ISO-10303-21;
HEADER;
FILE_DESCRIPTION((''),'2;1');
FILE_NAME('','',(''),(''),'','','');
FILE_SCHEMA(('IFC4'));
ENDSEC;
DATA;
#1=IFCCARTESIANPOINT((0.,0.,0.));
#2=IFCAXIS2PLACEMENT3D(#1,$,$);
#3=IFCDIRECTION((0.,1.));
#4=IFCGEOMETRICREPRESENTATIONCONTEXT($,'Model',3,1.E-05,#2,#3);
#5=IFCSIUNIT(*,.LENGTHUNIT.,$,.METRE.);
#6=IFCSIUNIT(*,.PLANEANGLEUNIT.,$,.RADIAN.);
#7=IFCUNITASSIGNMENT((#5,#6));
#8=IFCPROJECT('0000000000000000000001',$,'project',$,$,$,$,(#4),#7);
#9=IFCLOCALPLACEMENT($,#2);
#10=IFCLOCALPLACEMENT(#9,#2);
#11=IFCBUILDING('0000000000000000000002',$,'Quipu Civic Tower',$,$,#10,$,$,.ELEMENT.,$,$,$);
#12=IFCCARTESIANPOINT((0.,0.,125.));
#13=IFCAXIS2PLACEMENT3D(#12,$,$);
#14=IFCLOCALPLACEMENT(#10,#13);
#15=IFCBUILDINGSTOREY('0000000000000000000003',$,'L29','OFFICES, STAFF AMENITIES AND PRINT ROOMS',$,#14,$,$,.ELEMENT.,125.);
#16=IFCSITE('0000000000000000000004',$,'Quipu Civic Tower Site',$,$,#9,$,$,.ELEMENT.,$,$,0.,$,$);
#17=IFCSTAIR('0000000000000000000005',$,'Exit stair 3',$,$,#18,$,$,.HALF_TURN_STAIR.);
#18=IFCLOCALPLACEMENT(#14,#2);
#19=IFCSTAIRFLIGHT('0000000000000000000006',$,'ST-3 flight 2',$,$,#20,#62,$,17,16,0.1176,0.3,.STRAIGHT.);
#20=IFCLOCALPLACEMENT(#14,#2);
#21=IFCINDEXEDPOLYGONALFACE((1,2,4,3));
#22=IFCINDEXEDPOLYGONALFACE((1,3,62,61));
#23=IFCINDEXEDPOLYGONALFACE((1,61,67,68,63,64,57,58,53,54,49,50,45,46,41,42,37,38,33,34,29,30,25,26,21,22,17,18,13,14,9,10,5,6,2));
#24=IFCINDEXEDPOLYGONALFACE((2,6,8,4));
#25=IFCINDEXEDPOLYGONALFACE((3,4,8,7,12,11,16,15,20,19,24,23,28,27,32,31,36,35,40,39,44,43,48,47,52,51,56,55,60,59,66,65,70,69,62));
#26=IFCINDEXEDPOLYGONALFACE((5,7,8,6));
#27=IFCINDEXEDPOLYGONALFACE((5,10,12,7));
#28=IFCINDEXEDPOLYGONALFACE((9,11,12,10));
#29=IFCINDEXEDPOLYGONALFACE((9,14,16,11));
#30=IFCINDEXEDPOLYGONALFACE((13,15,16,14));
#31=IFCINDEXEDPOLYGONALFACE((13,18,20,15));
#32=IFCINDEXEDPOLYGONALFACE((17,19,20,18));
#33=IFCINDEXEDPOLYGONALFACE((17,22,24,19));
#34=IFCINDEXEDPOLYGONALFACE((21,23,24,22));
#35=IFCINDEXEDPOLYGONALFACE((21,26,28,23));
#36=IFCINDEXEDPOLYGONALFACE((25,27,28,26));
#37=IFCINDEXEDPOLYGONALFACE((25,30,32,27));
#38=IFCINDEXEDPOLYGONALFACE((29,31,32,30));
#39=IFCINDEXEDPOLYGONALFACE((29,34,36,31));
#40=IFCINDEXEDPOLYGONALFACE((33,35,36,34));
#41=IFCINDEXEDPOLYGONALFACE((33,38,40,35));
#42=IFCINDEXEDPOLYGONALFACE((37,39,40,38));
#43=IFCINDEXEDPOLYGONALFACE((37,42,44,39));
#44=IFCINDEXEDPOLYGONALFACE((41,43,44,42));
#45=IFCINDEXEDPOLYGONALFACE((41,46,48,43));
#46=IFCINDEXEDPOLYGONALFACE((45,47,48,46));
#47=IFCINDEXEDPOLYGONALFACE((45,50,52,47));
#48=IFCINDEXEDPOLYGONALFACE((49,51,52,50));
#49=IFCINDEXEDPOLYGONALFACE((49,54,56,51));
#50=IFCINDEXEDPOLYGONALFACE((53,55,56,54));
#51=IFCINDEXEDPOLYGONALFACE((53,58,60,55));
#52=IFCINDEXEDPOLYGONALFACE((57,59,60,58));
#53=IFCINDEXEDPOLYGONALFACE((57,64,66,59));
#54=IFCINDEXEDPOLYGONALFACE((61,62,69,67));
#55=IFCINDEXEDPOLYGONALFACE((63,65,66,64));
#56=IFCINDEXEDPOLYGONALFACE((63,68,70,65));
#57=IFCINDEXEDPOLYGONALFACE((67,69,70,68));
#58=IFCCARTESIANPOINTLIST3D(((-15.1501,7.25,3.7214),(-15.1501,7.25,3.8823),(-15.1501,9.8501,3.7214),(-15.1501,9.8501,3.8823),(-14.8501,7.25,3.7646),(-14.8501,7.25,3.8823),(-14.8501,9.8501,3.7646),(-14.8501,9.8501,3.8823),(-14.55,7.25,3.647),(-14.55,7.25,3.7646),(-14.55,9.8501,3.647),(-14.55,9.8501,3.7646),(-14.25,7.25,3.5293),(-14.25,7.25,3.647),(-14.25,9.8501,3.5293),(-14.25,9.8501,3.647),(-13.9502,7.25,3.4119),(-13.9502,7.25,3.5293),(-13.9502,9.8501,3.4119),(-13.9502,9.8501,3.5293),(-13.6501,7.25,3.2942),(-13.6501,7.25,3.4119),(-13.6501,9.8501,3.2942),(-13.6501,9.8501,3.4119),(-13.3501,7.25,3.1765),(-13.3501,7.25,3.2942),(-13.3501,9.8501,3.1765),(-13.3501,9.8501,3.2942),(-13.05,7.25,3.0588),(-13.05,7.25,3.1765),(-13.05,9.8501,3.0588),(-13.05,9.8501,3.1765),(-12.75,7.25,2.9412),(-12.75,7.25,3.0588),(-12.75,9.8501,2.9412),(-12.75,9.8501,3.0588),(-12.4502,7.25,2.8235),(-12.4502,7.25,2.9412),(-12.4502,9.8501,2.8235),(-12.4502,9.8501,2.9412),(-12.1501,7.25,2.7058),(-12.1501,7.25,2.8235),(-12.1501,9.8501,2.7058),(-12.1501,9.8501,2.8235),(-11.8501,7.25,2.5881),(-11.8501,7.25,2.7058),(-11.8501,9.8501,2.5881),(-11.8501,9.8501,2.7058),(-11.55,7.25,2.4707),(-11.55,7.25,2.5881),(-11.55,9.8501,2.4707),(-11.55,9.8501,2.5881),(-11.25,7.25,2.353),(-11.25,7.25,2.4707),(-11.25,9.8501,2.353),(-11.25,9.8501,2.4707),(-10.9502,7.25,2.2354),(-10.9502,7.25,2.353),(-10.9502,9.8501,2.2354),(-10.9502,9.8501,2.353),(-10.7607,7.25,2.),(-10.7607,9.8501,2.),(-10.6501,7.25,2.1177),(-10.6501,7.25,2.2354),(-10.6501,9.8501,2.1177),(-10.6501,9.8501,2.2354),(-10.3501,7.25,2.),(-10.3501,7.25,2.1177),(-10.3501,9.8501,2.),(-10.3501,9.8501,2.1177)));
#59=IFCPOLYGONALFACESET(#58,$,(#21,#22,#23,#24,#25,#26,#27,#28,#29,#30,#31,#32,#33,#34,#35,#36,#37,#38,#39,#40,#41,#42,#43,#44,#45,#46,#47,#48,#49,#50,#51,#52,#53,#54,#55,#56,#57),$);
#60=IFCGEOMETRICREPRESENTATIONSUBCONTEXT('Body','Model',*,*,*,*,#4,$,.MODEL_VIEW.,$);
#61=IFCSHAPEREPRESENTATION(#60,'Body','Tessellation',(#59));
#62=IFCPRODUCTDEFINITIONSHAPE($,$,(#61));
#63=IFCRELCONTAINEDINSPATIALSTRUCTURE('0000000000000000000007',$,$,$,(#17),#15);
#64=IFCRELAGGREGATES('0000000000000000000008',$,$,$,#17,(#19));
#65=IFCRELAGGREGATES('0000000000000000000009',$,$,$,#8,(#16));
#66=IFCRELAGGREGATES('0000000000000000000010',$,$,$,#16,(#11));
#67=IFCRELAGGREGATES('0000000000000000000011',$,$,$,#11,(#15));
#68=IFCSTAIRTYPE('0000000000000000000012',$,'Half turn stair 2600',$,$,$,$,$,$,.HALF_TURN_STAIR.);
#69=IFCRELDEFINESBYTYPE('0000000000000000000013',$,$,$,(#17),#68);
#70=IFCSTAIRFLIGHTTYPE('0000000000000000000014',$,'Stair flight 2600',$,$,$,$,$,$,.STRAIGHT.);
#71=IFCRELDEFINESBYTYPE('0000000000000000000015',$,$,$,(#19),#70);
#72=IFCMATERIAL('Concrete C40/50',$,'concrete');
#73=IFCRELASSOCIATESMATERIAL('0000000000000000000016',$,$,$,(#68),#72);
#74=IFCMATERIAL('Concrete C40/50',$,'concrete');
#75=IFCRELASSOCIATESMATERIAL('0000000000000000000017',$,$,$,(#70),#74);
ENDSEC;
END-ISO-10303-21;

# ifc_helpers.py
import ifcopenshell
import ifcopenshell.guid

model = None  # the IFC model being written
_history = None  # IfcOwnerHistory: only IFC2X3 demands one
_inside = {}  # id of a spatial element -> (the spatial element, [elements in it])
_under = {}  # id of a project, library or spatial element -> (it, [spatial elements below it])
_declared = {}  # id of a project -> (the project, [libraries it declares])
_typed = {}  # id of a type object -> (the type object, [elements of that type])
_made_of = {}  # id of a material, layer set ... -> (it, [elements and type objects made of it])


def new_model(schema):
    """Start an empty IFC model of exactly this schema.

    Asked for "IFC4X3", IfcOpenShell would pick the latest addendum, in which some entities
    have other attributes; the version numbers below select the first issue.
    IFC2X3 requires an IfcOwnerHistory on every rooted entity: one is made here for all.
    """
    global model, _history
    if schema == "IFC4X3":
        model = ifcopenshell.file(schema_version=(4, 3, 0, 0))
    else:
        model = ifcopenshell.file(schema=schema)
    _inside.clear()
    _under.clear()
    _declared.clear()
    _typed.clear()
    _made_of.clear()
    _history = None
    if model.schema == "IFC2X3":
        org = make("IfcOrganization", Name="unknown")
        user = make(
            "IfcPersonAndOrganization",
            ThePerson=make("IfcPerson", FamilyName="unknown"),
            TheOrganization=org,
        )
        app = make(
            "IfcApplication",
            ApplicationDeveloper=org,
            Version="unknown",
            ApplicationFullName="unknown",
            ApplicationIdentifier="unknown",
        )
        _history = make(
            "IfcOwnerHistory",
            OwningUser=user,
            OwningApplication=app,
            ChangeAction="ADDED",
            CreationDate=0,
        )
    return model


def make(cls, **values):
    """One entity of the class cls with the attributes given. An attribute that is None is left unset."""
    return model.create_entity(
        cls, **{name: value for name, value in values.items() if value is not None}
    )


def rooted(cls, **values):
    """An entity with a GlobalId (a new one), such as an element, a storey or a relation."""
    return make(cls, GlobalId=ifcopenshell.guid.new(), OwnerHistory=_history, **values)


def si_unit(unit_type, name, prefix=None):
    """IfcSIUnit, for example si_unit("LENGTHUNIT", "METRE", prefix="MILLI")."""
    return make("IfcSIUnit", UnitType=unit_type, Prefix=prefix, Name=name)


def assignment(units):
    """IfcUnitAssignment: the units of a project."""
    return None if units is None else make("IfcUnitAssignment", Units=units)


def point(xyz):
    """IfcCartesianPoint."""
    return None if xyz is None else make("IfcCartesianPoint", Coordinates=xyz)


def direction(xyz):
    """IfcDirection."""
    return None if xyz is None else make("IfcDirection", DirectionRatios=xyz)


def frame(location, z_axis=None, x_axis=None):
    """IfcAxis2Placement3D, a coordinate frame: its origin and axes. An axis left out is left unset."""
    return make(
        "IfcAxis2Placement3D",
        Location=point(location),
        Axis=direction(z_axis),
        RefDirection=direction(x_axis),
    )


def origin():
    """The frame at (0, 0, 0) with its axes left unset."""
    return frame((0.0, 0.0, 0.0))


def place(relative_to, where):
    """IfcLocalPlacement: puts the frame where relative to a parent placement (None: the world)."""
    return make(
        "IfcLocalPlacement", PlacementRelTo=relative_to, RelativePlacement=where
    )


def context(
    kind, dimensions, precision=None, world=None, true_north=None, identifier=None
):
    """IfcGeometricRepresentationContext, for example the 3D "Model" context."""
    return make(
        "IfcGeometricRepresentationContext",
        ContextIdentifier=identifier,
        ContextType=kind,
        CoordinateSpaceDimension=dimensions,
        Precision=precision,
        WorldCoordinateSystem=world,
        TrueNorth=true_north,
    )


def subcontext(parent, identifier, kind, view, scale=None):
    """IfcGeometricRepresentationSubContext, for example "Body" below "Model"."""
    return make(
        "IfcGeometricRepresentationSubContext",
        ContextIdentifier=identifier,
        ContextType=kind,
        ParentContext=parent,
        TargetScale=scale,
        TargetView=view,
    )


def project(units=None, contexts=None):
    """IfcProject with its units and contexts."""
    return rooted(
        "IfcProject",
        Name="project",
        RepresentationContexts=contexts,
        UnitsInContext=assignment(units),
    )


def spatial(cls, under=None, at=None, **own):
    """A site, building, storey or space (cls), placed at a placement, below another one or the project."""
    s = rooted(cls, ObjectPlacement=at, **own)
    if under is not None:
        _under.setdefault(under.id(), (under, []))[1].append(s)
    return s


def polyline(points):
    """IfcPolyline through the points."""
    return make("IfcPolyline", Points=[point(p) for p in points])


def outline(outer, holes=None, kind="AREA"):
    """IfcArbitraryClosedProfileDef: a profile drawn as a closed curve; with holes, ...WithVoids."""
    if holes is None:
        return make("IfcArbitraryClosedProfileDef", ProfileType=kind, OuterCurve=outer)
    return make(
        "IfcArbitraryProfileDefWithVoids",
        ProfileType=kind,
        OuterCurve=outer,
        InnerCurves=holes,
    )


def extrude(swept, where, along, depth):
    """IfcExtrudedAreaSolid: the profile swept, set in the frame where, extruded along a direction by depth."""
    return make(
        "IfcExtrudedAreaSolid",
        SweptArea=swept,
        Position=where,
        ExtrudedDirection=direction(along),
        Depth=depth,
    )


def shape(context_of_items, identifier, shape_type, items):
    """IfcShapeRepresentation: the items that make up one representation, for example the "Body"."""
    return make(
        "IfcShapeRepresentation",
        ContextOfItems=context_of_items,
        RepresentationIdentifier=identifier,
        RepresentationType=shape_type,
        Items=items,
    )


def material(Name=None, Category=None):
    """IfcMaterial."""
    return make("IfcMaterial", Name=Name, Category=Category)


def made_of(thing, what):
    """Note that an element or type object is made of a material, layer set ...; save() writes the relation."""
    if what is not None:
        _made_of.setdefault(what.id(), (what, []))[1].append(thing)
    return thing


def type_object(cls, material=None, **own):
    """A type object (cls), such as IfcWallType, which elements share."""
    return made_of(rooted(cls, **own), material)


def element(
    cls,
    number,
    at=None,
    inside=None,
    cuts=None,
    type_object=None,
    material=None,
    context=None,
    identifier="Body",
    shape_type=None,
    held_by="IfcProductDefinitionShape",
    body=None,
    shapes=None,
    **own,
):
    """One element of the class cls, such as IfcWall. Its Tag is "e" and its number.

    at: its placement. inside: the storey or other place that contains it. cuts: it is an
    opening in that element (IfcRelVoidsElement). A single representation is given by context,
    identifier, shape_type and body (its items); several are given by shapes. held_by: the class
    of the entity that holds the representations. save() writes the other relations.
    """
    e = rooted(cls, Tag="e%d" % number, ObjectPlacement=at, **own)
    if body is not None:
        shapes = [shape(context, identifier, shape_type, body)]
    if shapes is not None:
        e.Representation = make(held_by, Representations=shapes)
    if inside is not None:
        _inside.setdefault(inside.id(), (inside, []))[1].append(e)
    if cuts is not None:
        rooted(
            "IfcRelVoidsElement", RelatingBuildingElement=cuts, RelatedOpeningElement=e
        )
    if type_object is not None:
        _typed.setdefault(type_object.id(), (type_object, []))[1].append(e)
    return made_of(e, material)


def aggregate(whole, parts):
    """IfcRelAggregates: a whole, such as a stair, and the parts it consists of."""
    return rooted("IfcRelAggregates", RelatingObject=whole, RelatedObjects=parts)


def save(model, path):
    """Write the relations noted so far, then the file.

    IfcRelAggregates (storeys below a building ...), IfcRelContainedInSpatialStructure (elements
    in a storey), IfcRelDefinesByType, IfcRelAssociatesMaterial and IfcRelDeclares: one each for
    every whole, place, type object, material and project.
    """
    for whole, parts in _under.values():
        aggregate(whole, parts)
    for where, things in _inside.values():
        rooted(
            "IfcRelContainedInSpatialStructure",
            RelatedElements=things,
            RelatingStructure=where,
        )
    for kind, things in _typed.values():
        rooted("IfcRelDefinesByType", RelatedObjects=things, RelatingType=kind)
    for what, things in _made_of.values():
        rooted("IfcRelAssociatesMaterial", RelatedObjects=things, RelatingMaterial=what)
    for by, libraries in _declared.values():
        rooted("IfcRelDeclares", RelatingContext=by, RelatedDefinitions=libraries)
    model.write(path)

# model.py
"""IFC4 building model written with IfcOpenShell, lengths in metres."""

from ifc_helpers import new_model, si_unit, direction, frame, origin, place, context, subcontext, project, spatial, polyline, outline, extrude, material, type_object, element, aggregate, save


model = new_model("IFC4")

# Units and contexts
model_context = context("Model", 3, precision=1e-05, world=origin(), true_north=direction((0.0, 1.0)))
body_context = subcontext(model_context, "Body", "Model", "MODEL_VIEW")
ifc_project = project(units=[si_unit("LENGTHUNIT", "METRE"), si_unit("PLANEANGLEUNIT", "RADIAN")], contexts=[model_context])

# Site, building, storey
site_placement = place(None, origin())
site = spatial("IfcSite", under=ifc_project, at=site_placement, Name="Quipu Civic Tower Site", CompositionType="ELEMENT", RefElevation=0.0)
building_placement = place(site_placement, origin())
building = spatial("IfcBuilding", under=site, at=building_placement, Name="Quipu Civic Tower", CompositionType="ELEMENT")
storey_placement = place(building_placement, frame((0.0, 0.0, 125.0)))
storey = spatial("IfcBuildingStorey", under=building, at=storey_placement, Name="L29", Description="OFFICES, STAFF AMENITIES AND PRINT ROOMS", CompositionType="ELEMENT", Elevation=125.0)

# Stair, stair flight
ifc_material_1 = material(Name="Concrete C40/50", Category="concrete")
stair_type = type_object("IfcStairType", Name="Half turn stair 2600", PredefinedType="HALF_TURN_STAIR", material=ifc_material_1)
stair_placement = place(storey_placement, origin())
stair = element("IfcStair", 1, at=stair_placement, inside=storey, type_object=stair_type, Name="Exit stair 3", PredefinedType="HALF_TURN_STAIR")
ifc_material_2 = material(Name="Concrete C40/50", Category="concrete")
stair_flight_type = type_object("IfcStairFlightType", Name="Stair flight 2600", PredefinedType="STRAIGHT", material=ifc_material_2)
stair_flight_1_placement = place(storey_placement, frame((-10.3501, 8.55, 2.0), z_axis=(0.0, 0.0, 1.0), x_axis=(-1.0, 0.0, 0.0)))
stair_flight_1 = element("IfcStairFlight", 2, at=stair_flight_1_placement, type_object=stair_flight_type, Name="ST-3 flight 2", NumberOfRisers=17, NumberOfTreads=16, PredefinedType="STRAIGHT", RiserHeight=0.1176, TreadLength=0.3, context=body_context, shape_type="SweptSolid", body=[
    extrude(outline(polyline([(0.0, 0.0), (0.0, 0.1177), (0.3, 0.1177), (0.3, 0.2354), (0.6001, 0.2354), (0.6001, 0.353), (0.8999, 0.353), (0.8999, 0.4707), (1.2, 0.4707), (1.2, 0.5881), (1.5, 0.5881), (1.5, 0.7058), (1.8, 0.7058), (1.8, 0.8235), (2.1001, 0.8235), (2.1001, 0.9412), (2.3999, 0.9412), (2.3999, 1.0588), (2.7, 1.0588), (2.7, 1.1765), (3.0, 1.1765), (3.0, 1.2942), (3.3, 1.2942), (3.3, 1.4119), (3.6001, 1.4119), (3.6001, 1.5293), (3.8999, 1.5293), (3.8999, 1.647), (4.2, 1.647), (4.2, 1.7646), (4.5, 1.7646), (4.5, 1.8823), (4.8, 1.8823), (4.8, 2.0), (4.8, 1.7214), (0.4106, 0.0), (0.0, 0.0)])), frame((0.0, 1.3, 0.0), z_axis=(0.0, -1.0, 0.0), x_axis=(1.0, 0.0, 0.0)), (0.0, 0.0, 1.0), 2.6001),
])
aggregate(stair, [stair_flight_1])

save(model, "model.ifc")
